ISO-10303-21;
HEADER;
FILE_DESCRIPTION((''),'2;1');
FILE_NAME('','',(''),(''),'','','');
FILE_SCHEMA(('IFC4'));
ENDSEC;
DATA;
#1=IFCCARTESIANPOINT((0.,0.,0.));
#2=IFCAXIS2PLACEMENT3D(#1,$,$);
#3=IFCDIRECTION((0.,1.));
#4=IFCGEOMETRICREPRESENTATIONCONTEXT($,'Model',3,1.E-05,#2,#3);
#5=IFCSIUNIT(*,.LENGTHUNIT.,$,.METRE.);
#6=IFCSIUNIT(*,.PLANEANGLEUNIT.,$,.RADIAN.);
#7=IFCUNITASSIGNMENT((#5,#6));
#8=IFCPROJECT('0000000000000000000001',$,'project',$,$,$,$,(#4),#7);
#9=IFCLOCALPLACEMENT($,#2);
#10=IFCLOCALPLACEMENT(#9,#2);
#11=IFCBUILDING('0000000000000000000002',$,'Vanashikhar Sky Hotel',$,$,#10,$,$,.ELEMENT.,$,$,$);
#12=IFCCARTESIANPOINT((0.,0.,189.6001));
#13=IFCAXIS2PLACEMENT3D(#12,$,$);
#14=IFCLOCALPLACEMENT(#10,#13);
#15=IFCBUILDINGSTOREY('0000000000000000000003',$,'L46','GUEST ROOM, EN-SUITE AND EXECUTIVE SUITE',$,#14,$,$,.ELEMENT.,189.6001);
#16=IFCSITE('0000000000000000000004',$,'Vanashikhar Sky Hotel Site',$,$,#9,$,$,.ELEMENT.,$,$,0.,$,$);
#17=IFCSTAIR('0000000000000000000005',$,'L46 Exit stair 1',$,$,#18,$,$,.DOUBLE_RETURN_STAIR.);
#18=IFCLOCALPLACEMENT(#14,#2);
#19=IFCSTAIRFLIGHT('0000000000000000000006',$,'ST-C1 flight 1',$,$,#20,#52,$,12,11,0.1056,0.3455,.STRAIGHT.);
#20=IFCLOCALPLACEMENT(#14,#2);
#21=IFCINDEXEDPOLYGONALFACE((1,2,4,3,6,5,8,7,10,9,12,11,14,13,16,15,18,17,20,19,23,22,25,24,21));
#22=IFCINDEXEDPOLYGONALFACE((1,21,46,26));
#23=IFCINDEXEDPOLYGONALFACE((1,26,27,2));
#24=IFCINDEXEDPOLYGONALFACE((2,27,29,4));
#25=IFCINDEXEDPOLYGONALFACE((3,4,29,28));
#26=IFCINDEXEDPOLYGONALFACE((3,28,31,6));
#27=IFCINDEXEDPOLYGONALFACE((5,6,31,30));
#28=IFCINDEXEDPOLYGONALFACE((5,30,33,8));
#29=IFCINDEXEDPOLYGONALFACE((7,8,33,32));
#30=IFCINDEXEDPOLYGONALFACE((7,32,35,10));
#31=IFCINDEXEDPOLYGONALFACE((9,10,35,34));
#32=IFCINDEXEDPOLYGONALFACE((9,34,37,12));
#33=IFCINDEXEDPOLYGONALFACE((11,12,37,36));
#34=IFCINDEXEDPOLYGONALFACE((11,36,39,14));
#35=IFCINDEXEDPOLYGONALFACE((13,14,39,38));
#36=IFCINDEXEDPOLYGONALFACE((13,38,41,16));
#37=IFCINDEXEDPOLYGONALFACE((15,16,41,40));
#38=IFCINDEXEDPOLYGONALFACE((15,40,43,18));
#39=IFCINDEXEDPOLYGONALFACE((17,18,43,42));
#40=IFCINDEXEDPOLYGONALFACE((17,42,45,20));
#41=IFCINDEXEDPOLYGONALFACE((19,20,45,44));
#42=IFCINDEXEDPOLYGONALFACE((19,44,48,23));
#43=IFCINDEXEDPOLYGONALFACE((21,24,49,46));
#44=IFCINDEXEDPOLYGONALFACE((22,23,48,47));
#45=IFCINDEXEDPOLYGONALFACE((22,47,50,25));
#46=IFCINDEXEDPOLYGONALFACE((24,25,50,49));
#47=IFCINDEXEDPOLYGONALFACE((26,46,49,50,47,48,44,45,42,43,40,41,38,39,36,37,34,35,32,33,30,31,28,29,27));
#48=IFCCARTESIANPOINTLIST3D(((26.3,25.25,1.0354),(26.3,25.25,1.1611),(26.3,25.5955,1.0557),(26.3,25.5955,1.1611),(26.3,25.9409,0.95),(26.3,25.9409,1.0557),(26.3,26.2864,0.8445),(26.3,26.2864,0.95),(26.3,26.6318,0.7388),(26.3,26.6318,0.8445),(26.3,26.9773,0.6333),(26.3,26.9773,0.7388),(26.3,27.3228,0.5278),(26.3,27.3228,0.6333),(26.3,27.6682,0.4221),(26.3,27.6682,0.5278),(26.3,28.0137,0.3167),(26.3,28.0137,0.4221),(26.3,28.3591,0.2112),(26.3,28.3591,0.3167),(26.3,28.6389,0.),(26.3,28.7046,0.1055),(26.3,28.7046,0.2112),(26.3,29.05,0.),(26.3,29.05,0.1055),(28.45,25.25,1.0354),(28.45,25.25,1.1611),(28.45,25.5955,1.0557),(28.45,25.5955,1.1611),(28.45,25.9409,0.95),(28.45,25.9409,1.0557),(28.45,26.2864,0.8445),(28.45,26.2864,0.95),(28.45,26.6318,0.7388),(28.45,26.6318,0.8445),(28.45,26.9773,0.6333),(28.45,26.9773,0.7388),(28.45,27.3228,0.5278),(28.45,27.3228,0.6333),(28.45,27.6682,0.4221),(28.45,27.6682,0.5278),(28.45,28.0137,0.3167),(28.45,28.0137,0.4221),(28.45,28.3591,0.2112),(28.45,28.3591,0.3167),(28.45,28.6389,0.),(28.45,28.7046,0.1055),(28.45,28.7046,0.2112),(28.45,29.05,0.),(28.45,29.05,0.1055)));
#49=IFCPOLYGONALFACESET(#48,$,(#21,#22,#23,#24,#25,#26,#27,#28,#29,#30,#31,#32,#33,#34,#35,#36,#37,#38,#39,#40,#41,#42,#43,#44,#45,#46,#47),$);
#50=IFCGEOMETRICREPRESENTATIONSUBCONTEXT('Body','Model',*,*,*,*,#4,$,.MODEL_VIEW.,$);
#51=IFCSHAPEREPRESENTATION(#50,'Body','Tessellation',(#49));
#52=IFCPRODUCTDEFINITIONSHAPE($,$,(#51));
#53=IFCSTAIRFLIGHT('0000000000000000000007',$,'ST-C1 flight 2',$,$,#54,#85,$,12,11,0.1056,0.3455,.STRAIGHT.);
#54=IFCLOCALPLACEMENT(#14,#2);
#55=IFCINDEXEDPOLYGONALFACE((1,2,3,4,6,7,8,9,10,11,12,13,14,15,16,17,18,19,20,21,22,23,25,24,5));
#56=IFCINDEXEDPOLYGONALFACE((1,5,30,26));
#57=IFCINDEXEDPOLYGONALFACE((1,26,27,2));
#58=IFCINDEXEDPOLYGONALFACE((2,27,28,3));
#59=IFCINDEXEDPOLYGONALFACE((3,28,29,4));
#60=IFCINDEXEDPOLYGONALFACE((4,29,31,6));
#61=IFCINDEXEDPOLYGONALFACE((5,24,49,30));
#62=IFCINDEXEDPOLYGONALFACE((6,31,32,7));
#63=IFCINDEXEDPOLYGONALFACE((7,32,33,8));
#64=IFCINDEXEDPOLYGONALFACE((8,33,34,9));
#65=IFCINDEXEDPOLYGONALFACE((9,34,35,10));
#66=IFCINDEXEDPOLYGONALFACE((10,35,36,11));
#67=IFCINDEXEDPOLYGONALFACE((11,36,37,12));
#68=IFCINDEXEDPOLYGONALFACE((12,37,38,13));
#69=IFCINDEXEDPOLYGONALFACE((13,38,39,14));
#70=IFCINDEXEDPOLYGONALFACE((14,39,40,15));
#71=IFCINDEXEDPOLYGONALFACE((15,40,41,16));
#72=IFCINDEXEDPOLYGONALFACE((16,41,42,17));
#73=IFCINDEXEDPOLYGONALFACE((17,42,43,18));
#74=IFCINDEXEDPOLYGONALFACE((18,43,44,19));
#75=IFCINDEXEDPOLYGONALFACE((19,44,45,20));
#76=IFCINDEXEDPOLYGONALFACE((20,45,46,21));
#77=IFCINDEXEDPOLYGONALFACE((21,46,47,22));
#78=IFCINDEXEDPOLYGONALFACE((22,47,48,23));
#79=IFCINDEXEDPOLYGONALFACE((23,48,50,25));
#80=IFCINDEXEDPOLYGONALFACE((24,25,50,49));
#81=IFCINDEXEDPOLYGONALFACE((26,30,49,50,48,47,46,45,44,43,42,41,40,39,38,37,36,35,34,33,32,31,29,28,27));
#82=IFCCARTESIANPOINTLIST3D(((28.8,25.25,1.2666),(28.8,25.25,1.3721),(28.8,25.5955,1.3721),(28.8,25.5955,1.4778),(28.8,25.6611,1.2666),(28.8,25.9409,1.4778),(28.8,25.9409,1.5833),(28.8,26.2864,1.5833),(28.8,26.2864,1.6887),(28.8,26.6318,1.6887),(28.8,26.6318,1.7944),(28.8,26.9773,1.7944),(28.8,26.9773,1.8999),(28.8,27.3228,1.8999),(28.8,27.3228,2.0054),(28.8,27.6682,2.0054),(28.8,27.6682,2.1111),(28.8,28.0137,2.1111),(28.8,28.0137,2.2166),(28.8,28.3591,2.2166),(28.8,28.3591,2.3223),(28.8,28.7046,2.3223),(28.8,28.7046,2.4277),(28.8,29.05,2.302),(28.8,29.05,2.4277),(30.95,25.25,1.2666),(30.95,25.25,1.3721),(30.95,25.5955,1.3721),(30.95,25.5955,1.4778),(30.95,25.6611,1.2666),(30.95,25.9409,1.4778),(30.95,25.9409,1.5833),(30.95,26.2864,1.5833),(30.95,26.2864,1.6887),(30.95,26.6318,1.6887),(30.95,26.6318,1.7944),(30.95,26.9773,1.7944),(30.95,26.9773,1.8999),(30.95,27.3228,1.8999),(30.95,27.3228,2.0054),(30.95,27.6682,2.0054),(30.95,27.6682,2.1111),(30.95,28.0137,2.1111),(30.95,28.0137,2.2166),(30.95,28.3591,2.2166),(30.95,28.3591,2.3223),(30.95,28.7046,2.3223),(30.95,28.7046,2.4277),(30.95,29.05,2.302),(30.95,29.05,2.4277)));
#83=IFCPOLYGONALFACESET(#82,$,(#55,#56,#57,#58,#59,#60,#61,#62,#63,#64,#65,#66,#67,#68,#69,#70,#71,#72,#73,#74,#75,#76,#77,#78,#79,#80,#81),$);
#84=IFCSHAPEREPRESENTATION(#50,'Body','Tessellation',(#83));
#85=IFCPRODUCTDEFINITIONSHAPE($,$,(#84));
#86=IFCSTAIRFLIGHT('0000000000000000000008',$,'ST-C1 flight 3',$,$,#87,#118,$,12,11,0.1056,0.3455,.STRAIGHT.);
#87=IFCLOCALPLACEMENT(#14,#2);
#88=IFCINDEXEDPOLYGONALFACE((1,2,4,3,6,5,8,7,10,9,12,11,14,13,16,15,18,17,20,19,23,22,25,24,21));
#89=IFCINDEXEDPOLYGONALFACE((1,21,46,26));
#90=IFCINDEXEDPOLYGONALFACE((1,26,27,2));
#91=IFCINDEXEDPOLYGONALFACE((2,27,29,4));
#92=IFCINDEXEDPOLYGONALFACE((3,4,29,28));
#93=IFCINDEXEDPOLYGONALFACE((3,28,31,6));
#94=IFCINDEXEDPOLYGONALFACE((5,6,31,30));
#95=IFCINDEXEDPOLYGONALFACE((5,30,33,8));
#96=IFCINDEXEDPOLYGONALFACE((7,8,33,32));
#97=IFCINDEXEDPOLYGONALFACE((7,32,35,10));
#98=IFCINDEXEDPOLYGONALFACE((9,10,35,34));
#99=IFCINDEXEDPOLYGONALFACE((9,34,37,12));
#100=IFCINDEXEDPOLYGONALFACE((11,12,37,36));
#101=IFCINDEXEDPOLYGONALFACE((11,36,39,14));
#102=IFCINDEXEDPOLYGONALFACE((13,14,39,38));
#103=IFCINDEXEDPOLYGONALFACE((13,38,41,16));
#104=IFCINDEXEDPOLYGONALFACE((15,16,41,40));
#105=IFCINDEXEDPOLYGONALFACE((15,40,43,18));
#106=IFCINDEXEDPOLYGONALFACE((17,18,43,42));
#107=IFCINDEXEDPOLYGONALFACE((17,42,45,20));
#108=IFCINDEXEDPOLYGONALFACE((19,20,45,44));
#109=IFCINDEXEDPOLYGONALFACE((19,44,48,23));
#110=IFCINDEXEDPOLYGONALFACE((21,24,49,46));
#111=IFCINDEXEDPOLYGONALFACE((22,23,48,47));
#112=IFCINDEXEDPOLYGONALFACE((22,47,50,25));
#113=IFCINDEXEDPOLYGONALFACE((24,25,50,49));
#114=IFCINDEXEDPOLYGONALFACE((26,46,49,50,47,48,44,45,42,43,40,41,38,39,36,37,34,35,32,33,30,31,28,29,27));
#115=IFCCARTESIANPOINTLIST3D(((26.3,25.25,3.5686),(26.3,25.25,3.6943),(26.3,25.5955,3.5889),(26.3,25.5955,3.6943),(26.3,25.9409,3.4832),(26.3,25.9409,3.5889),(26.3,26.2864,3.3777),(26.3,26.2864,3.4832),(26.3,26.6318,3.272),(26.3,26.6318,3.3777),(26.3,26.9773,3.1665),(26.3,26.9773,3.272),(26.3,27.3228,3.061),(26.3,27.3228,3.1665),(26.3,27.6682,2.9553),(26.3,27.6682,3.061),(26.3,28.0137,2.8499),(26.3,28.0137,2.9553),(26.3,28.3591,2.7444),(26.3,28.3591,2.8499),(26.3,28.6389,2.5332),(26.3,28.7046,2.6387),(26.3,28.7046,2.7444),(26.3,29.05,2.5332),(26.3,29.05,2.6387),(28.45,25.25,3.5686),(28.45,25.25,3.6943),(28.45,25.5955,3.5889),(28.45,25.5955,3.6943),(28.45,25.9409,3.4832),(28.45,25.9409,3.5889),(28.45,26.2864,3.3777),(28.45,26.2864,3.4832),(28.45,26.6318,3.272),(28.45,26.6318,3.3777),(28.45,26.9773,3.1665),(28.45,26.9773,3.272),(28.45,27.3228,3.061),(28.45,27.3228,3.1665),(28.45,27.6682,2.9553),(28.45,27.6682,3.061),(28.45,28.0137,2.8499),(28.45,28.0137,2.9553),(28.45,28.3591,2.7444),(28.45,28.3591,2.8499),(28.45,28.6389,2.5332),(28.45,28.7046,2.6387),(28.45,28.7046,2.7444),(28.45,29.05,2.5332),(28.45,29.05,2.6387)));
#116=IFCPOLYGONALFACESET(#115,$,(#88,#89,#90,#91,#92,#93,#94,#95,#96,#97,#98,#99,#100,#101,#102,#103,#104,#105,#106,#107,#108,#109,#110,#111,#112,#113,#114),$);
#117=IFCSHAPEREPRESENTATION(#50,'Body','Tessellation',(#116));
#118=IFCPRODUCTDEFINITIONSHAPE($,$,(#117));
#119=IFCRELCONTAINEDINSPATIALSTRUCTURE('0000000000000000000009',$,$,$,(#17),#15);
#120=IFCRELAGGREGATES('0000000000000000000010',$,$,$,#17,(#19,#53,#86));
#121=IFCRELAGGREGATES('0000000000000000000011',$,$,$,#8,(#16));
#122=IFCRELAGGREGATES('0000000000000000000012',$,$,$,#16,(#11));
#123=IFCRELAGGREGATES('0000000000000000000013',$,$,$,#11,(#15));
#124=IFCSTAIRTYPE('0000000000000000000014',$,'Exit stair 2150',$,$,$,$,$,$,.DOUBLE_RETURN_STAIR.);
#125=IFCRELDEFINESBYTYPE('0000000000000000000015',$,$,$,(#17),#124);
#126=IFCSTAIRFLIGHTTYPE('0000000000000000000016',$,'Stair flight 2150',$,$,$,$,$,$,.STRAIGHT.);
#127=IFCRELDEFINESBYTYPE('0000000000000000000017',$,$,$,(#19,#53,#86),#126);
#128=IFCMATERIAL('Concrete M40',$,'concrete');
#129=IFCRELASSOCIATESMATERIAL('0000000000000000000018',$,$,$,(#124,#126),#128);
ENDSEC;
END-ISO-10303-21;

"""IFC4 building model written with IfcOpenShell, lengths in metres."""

from ifc_helpers import new_model, si_unit, direction, frame, origin, place, context, subcontext, project, spatial, polyline, outline, extrude, source, transform, mapped, material, type_object, element, aggregate, save


model = new_model("IFC4")

# Units and contexts
model_context = context("Model", 3, precision=1e-05, world=origin(), true_north=direction((0.0, 1.0)))
body_context = subcontext(model_context, "Body", "Model", "MODEL_VIEW")
ifc_project = project(units=[si_unit("LENGTHUNIT", "METRE"), si_unit("PLANEANGLEUNIT", "RADIAN")], contexts=[model_context])

# Site, building, storey
site_placement = place(None, origin())
site = spatial("IfcSite", under=ifc_project, at=site_placement, Name="Vanashikhar Sky Hotel Site", CompositionType="ELEMENT", RefElevation=0.0)
building_placement = place(site_placement, origin())
building = spatial("IfcBuilding", under=site, at=building_placement, Name="Vanashikhar Sky Hotel", CompositionType="ELEMENT")
storey_placement = place(building_placement, frame((0.0, 0.0, 189.6001)))
storey = spatial("IfcBuildingStorey", under=building, at=storey_placement, Name="L46", Description="GUEST ROOM, EN-SUITE AND EXECUTIVE SUITE", CompositionType="ELEMENT", Elevation=189.6001)

# Shared definitions
ifc_material_1 = material(Name="Concrete M40", Category="concrete")

# Stair, stair flights
stair_type = type_object("IfcStairType", Name="Exit stair 2150", PredefinedType="DOUBLE_RETURN_STAIR", material=ifc_material_1)
stair_placement = place(storey_placement, origin())
stair = element("IfcStair", 1, at=stair_placement, inside=storey, type_object=stair_type, Name="L46 Exit stair 1", PredefinedType="DOUBLE_RETURN_STAIR")
stair_flight_type = type_object("IfcStairFlightType", Name="Stair flight 2150", PredefinedType="STRAIGHT", material=ifc_material_1)
shared_shape_1 = source(origin(), body_context, "Body", "SweptSolid", [
    extrude(outline(polyline([(0.0, 0.0), (0.0, 0.1055), (0.3455, 0.1055), (0.3455, 0.2112), (0.6909, 0.2112), (0.6909, 0.3167), (1.0364, 0.3167), (1.0364, 0.4221), (1.3818, 0.4221), (1.3818, 0.5278), (1.7273, 0.5278), (1.7273, 0.6333), (2.0728, 0.6333), (2.0728, 0.7388), (2.4182, 0.7388), (2.4182, 0.8445), (2.7637, 0.8445), (2.7637, 0.95), (3.1091, 0.95), (3.1091, 1.0557), (3.4546, 1.0557), (3.4546, 1.1611), (3.8, 1.1611), (3.8, 1.2666), (3.8, 1.0354), (0.4111, 0.0), (0.0, 0.0)])), frame((0.0, 1.075, 0.0), z_axis=(0.0, -1.0, 0.0), x_axis=(1.0, 0.0, 0.0)), (0.0, 0.0, 1.0), 2.1499),
])
stair_flight_1_placement = place(storey_placement, frame((27.375, 29.05, 0.0), z_axis=(0.0, 0.0, 1.0), x_axis=(0.0, -1.0, 0.0)))
stair_flight_1 = element("IfcStairFlight", 2, at=stair_flight_1_placement, type_object=stair_flight_type, Name="ST-C1 flight 1", NumberOfRisers=12, NumberOfTreads=11, PredefinedType="STRAIGHT", RiserHeight=0.1056, TreadLength=0.3455, context=body_context, shape_type="MappedRepresentation", body=[
    mapped(shared_shape_1, transform((0.0, 0.0, 0.0), scale=1.0)),
])
stair_flight_2_placement = place(storey_placement, frame((29.875, 25.25, 1.2666), z_axis=(0.0, 0.0, 1.0), x_axis=(0.0, 1.0, 0.0)))
stair_flight_2 = element("IfcStairFlight", 3, at=stair_flight_2_placement, type_object=stair_flight_type, Name="ST-C1 flight 2", NumberOfRisers=12, NumberOfTreads=11, PredefinedType="STRAIGHT", RiserHeight=0.1056, TreadLength=0.3455, context=body_context, shape_type="MappedRepresentation", body=[
    mapped(shared_shape_1, transform((0.0, 0.0, 0.0), scale=1.0)),
])
stair_flight_3_placement = place(storey_placement, frame((27.375, 29.05, 2.5332), z_axis=(0.0, 0.0, 1.0), x_axis=(0.0, -1.0, 0.0)))
stair_flight_3 = element("IfcStairFlight", 4, at=stair_flight_3_placement, type_object=stair_flight_type, Name="ST-C1 flight 3", NumberOfRisers=12, NumberOfTreads=11, PredefinedType="STRAIGHT", RiserHeight=0.1056, TreadLength=0.3455, context=body_context, shape_type="MappedRepresentation", body=[
    mapped(shared_shape_1, transform((0.0, 0.0, 0.0), scale=1.0)),
])
aggregate(stair, [stair_flight_1, stair_flight_2, stair_flight_3])

save(model, "model.ifc")
